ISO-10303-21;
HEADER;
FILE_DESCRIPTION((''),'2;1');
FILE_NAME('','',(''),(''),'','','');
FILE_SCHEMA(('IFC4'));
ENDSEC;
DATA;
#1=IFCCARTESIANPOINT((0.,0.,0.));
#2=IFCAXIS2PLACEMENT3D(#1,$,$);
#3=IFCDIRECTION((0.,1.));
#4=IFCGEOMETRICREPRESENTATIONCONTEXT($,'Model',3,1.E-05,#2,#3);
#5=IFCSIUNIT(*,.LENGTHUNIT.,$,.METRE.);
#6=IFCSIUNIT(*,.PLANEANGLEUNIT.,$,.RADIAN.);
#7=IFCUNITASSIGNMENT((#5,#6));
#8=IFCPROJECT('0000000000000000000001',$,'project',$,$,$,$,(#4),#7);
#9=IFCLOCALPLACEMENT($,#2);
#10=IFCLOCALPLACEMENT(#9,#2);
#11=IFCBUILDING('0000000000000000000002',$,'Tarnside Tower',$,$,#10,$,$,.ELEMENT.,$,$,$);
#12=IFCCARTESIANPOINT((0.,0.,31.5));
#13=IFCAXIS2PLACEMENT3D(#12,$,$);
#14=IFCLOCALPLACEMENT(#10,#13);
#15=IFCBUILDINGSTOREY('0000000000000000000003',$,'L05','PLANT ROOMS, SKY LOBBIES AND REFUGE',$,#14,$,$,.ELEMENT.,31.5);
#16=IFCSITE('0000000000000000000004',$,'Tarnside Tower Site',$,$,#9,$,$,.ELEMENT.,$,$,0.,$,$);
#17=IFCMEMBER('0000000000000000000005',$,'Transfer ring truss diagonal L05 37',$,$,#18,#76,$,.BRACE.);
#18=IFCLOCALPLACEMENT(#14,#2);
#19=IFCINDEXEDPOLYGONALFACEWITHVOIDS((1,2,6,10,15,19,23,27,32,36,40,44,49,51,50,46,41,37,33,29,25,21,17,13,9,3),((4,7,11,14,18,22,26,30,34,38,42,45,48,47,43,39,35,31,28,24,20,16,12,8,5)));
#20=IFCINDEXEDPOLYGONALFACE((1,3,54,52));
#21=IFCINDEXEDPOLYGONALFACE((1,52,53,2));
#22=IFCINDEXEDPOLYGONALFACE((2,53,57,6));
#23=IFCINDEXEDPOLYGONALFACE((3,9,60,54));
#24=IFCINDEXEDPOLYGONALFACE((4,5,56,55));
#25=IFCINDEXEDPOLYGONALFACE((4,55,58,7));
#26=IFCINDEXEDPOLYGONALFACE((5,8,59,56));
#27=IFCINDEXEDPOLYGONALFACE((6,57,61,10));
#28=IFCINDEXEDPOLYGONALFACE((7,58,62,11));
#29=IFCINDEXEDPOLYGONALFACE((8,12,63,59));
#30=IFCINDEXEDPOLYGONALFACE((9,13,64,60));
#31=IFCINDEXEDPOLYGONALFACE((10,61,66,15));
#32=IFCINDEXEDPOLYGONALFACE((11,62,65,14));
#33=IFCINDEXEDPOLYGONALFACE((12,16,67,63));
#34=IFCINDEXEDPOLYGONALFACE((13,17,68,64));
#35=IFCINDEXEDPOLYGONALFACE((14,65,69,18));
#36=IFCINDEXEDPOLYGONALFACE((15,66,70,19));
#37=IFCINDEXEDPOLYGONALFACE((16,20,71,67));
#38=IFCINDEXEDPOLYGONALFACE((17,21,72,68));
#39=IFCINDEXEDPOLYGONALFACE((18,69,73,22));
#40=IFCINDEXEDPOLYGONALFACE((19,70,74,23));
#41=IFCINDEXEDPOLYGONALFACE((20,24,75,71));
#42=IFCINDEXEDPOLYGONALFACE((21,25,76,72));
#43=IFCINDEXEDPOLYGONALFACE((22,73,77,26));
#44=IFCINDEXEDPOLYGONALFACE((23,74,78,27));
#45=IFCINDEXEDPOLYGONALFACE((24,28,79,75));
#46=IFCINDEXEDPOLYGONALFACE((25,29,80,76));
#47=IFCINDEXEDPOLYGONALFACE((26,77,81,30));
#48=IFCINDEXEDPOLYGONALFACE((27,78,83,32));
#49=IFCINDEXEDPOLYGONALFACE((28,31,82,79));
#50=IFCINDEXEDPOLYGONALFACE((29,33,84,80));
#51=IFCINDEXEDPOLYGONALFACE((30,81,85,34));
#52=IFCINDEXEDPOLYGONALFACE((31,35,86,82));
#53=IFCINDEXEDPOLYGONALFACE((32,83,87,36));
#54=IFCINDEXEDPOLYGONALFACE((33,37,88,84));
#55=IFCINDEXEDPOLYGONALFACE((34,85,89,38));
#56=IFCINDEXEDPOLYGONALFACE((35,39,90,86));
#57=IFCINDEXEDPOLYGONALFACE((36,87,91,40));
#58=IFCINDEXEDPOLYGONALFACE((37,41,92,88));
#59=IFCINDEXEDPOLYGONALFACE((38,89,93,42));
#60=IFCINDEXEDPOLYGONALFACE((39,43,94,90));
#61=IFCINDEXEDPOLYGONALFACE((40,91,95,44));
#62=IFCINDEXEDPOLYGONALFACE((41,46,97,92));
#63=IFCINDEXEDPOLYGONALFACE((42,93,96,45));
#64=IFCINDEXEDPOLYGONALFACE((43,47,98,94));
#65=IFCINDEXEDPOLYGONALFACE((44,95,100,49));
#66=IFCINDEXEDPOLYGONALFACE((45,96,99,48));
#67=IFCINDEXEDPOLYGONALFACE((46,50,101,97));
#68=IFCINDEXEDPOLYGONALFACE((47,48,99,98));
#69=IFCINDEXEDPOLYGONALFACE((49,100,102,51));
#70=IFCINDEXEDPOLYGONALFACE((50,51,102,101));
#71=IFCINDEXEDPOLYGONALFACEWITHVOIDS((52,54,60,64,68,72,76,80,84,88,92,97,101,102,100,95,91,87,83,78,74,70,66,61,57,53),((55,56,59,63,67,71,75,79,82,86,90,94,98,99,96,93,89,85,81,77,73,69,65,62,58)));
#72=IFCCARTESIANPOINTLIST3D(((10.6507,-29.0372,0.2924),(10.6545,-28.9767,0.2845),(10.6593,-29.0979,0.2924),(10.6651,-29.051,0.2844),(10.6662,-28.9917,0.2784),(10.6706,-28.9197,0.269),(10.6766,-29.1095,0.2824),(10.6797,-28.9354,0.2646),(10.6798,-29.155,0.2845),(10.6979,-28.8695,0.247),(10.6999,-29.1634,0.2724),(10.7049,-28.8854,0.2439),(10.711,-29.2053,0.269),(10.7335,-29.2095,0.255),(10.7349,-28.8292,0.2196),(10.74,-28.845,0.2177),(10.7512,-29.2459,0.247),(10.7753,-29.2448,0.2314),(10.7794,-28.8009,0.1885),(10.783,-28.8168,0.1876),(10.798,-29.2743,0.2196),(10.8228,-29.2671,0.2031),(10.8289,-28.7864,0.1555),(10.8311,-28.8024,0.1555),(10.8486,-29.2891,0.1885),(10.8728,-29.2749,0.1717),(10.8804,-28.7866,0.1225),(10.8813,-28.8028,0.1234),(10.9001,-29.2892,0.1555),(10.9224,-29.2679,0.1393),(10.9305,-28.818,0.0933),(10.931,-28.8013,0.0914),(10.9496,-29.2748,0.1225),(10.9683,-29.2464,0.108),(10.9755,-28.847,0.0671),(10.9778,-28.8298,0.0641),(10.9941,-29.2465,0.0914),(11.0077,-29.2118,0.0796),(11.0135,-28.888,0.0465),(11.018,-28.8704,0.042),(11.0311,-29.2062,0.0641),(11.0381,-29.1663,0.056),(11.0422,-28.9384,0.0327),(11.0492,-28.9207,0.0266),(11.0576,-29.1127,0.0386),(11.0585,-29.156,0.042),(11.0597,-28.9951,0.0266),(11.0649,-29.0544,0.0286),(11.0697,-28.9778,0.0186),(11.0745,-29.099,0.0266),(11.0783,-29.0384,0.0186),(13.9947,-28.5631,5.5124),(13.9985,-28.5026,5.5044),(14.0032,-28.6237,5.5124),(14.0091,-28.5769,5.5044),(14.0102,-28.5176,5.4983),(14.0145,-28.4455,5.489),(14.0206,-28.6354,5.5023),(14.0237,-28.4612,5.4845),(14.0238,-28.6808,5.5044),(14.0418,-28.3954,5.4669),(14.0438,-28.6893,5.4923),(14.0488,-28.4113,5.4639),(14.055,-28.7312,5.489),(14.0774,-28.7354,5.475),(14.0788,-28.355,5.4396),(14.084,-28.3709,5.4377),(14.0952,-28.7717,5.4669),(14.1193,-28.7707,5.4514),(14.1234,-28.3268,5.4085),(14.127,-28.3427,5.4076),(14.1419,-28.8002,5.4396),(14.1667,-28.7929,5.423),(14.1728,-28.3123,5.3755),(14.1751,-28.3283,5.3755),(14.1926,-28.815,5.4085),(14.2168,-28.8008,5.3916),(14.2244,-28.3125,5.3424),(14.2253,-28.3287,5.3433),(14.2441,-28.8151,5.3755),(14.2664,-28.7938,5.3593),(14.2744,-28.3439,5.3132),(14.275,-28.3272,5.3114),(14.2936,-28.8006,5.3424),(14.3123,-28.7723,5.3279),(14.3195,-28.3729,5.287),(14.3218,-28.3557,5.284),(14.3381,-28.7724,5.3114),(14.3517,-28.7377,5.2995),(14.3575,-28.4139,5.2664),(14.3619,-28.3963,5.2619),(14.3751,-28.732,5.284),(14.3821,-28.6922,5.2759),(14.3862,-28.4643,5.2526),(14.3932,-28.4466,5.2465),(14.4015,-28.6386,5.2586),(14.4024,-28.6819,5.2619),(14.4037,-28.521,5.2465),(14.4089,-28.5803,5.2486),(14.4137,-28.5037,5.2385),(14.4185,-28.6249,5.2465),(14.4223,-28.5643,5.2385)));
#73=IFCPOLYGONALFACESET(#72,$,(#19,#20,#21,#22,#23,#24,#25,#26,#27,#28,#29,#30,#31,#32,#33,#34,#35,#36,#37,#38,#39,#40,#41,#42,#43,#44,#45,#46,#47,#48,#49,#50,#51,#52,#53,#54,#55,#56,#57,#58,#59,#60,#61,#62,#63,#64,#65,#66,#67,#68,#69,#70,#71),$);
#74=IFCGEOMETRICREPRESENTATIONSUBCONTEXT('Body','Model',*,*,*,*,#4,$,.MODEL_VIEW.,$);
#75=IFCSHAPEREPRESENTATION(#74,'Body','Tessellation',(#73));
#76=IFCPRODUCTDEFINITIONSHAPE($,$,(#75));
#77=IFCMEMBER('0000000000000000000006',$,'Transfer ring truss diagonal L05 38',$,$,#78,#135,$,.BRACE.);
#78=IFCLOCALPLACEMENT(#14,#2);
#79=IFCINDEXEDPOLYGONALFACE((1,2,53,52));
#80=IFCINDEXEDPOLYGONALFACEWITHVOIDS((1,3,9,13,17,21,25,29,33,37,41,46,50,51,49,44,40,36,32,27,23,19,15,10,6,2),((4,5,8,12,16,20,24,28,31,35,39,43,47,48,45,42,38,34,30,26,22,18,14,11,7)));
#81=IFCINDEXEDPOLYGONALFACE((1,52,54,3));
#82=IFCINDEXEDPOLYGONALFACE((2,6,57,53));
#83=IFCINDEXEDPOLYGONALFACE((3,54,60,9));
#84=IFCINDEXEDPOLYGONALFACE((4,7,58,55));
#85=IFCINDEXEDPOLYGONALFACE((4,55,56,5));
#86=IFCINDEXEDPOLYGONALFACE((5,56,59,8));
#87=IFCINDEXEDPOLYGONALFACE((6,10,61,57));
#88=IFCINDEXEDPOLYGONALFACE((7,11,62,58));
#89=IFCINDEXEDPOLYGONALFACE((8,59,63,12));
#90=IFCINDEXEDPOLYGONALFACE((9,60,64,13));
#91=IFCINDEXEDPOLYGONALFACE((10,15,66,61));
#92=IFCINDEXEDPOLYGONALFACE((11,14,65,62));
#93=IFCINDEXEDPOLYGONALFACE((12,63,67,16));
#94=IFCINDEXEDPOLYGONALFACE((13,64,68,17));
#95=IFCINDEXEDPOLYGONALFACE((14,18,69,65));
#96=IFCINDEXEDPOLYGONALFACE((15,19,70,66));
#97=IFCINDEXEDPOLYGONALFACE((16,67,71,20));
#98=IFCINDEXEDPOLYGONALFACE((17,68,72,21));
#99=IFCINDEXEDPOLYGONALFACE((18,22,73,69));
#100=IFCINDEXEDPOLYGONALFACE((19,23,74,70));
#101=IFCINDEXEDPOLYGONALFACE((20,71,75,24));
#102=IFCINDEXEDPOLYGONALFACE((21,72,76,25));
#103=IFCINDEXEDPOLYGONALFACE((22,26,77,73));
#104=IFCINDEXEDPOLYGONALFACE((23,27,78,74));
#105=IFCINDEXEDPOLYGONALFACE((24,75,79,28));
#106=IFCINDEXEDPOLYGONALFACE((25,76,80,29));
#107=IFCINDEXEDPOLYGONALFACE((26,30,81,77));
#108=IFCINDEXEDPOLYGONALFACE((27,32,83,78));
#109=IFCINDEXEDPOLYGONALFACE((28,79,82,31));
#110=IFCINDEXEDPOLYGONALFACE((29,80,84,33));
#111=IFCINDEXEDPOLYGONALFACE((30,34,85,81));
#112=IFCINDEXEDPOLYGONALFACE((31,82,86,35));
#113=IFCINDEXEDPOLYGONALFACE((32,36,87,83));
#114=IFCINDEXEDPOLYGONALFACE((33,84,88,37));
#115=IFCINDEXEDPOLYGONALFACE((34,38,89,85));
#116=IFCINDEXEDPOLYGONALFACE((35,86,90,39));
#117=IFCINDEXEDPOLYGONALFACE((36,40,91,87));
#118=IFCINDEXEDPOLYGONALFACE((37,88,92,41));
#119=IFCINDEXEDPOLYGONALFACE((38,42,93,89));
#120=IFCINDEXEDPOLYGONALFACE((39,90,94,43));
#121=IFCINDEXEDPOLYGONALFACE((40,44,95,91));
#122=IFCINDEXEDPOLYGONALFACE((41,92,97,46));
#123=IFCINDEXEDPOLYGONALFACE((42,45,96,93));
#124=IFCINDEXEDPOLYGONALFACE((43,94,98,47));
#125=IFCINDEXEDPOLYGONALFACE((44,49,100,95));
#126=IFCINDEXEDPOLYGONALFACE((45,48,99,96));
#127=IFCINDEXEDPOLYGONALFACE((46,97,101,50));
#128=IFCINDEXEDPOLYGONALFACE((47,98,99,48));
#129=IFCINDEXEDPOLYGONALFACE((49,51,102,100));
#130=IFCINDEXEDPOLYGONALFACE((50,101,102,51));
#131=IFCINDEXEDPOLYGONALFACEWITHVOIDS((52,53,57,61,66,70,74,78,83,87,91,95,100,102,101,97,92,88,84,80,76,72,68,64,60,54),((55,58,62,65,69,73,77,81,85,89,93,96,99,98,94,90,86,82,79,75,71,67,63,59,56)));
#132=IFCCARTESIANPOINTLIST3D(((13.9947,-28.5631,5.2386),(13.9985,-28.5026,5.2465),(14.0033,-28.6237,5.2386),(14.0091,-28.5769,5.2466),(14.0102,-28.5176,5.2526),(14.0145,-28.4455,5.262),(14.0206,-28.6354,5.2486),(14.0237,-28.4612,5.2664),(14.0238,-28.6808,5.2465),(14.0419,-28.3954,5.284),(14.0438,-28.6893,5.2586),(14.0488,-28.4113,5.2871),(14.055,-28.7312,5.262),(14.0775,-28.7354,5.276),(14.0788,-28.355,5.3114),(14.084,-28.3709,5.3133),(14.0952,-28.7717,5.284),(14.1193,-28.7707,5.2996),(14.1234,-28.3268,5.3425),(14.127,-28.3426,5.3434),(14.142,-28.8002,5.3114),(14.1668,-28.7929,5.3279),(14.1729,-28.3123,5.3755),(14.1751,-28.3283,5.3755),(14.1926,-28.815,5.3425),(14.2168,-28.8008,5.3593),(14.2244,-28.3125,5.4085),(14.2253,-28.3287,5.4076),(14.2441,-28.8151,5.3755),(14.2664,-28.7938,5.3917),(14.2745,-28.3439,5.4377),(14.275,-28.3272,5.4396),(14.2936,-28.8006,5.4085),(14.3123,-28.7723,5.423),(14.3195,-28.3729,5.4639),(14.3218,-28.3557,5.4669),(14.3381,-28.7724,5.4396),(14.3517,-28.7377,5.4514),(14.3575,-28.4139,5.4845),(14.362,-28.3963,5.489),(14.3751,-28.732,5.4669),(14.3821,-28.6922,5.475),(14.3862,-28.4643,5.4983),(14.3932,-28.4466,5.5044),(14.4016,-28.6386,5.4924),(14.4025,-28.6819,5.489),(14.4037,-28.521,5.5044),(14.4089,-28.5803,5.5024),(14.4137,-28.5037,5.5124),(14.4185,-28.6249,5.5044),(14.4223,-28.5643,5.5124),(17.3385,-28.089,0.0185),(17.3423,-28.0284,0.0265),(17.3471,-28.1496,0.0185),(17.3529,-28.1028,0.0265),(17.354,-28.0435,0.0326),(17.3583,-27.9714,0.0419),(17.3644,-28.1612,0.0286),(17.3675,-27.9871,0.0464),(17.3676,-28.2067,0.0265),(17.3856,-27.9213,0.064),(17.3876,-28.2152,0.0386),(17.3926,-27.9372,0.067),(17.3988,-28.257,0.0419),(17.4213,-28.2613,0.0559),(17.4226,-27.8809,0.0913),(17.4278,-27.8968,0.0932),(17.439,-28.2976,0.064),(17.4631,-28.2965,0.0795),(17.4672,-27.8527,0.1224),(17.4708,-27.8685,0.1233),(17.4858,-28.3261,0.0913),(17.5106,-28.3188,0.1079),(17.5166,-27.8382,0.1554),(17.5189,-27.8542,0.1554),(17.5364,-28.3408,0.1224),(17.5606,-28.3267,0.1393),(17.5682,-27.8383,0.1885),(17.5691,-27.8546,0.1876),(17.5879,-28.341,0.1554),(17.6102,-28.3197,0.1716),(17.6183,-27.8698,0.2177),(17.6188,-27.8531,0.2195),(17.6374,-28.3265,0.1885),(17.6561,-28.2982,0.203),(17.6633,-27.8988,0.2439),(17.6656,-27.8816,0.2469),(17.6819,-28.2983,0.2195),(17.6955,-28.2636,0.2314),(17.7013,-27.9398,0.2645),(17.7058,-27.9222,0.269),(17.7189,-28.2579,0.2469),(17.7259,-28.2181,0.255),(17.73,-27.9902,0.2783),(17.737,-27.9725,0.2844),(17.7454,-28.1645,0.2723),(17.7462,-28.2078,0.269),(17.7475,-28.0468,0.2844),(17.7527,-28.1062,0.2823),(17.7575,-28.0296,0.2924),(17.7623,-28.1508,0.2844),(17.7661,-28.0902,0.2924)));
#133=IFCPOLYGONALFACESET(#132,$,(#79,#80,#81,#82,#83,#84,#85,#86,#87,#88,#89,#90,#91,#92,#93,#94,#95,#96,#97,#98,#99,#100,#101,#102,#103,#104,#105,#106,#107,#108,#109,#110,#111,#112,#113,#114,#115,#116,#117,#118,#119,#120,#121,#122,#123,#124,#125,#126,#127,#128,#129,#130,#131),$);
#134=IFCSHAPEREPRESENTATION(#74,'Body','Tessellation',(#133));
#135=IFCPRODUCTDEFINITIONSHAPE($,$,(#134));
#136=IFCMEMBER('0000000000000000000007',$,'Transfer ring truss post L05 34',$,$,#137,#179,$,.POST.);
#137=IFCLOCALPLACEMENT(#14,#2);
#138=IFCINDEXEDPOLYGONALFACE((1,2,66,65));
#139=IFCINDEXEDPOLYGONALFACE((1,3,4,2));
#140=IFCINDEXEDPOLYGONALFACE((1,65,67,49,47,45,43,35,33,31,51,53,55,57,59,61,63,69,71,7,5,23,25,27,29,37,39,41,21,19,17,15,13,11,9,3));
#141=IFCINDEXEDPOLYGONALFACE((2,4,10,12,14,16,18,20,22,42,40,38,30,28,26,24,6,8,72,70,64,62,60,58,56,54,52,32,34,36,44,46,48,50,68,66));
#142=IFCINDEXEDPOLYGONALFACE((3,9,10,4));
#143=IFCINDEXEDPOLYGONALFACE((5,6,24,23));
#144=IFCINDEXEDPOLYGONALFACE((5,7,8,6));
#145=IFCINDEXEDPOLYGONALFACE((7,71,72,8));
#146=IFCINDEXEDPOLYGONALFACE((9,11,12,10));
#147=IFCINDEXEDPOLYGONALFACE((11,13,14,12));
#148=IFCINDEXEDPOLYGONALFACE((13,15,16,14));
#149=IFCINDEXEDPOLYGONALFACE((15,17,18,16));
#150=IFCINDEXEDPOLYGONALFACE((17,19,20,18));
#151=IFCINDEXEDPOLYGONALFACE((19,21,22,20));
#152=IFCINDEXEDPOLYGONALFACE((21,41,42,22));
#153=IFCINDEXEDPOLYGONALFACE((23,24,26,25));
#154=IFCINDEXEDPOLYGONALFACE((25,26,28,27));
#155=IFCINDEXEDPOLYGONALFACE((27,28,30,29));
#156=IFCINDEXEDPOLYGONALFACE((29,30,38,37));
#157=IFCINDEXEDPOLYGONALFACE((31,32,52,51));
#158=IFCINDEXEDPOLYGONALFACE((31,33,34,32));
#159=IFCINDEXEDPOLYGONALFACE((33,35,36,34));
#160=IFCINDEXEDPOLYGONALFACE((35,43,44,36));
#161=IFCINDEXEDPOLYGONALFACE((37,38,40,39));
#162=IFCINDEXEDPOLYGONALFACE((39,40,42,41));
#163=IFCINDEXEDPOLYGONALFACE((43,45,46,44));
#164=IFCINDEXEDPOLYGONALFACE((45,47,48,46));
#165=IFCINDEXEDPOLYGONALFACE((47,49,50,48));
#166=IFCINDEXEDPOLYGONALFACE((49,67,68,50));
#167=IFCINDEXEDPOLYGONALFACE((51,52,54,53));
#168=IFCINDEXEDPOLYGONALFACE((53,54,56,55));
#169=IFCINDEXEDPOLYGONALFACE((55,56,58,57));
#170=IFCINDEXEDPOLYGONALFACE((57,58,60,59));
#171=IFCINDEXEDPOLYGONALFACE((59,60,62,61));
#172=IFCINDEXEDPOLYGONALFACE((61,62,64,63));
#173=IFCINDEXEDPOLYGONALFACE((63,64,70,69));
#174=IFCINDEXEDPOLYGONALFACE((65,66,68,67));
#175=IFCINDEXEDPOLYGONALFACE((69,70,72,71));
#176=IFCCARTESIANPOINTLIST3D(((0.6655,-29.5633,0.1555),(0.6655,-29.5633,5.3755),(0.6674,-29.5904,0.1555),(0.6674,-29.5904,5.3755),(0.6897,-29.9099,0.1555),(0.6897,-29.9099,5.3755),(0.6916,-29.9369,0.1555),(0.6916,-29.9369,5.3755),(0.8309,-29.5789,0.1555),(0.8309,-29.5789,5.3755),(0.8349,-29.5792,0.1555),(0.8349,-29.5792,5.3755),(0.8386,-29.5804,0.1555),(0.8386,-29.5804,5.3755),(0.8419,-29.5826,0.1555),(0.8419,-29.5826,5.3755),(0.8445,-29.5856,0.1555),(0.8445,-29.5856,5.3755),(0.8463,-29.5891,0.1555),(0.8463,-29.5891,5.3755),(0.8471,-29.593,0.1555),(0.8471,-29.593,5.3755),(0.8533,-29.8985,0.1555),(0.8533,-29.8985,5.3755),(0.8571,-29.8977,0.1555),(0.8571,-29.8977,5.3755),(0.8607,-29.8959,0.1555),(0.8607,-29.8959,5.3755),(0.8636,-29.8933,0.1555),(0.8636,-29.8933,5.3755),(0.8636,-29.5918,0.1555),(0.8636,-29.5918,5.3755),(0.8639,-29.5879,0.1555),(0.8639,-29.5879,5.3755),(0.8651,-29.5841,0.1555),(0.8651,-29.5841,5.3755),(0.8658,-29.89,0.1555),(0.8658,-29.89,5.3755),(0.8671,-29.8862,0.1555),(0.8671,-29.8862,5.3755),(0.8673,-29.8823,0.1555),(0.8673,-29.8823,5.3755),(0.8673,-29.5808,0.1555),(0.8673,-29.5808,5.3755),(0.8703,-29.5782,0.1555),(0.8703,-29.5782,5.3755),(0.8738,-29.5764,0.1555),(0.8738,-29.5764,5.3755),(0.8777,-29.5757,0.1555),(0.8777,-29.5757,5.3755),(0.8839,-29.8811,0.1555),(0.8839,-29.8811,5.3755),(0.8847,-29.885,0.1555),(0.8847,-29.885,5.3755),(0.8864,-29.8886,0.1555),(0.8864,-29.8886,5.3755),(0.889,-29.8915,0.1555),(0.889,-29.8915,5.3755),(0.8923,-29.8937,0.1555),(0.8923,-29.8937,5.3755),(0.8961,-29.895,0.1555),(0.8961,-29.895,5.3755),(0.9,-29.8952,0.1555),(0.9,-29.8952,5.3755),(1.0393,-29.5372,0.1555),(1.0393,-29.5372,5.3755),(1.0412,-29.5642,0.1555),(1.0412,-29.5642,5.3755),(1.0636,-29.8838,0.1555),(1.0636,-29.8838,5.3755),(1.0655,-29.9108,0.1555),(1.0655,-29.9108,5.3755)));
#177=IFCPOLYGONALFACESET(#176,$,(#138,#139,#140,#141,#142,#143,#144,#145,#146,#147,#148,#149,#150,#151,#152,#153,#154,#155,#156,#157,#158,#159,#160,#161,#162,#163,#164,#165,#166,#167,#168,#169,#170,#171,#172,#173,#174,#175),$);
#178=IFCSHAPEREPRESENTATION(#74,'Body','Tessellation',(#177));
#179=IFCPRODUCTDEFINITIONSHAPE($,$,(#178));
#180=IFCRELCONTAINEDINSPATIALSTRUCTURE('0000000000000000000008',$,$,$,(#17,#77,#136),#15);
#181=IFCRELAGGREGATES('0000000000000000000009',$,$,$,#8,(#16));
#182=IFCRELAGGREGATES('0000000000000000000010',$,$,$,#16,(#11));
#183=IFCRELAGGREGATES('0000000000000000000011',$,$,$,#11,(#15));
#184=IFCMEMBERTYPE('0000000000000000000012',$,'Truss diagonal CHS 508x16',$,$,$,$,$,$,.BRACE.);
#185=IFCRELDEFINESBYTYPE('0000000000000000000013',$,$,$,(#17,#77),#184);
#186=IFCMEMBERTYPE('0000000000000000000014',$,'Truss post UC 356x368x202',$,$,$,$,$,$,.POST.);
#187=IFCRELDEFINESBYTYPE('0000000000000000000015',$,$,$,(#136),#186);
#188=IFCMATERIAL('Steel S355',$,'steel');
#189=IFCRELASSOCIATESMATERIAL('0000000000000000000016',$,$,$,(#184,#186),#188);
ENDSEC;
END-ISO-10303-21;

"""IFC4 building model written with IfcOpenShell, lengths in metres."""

from ifc_helpers import new_model, si_unit, direction, frame, origin, origin_2d, place, context, subcontext, project, spatial, hollow_circle, i_section, extrude, material, material_profile, profile_set, type_object, element, save


model = new_model("IFC4")

# Units and contexts
model_context = context("Model", 3, precision=1e-05, world=origin(), true_north=direction((0.0, 1.0)))
body_context = subcontext(model_context, "Body", "Model", "MODEL_VIEW")
ifc_project = project(units=[si_unit("LENGTHUNIT", "METRE"), si_unit("PLANEANGLEUNIT", "RADIAN")], contexts=[model_context])

# Site, building, storey
site_placement = place(None, origin())
site = spatial("IfcSite", under=ifc_project, at=site_placement, Name="Tarnside Tower Site", CompositionType="ELEMENT", RefElevation=0.0)
building_placement = place(site_placement, origin())
building = spatial("IfcBuilding", under=site, at=building_placement, Name="Tarnside Tower", CompositionType="ELEMENT")
storey_placement = place(building_placement, frame((0.0, 0.0, 31.5)))
storey = spatial("IfcBuildingStorey", under=building, at=storey_placement, Name="L05", Description="PLANT ROOMS, SKY LOBBIES AND REFUGE", CompositionType="ELEMENT", Elevation=31.5)

# Shared definitions
ifc_material_1 = material(Name="Steel S355", Category="steel")

# Members
ifc_material_profile_1 = material_profile(ifc_material_1, hollow_circle(Radius=0.2539, WallThickness=0.0161, at=origin_2d()), Name="CHS 508x16")
ifc_profile_set_1 = profile_set([ifc_material_profile_1], Name="Steel S355")
member_type_1 = type_object("IfcMemberType", Name="Truss diagonal CHS 508x16", PredefinedType="BRACE", material=ifc_profile_set_1)
for number, where, z_axis, x_axis, name in (
    (1, (10.8645, -29.0378, 0.1555), (0.537851, 0.076258, 0.839584), (-0.140379, 0.990098, 0.0), "Transfer ring truss diagonal L05 37"),
    (2, (14.2085, -28.5637, 5.3755), (0.537823, 0.07626, -0.839602), (-0.140389, 0.990096, 0.0), "Transfer ring truss diagonal L05 38"),
):
    element("IfcMember", number, at=place(storey_placement, frame(where, z_axis=z_axis, x_axis=x_axis)), inside=storey, type_object=member_type_1, Name=name, PredefinedType="BRACE", context=body_context, shape_type="SweptSolid", body=[
        extrude(hollow_circle(Radius=0.2539, WallThickness=0.0161, at=origin_2d()), origin(), (0.0, 0.0, 1.0), 6.2173),
    ])
ifc_material_profile_2 = material_profile(ifc_material_1, i_section(OverallWidth=0.3748, OverallDepth=0.3745, WebThickness=0.0166, FlangeThickness=0.0271, FilletRadius=0.0151, at=origin_2d()), Name="UC 356x368x202")
ifc_profile_set_2 = profile_set([ifc_material_profile_2], Name="Steel S355")
member_type_2 = type_object("IfcMemberType", Name="Truss post UC 356x368x202", PredefinedType="POST", material=ifc_profile_set_2)
for number, where, z_axis, x_axis, name in (
    (3, (0.8655, -29.7371, 0.1555), (0.0, 0.0, 1.0), (0.997564, 0.069756, 0.0), "Transfer ring truss post L05 34"),
):
    element("IfcMember", number, at=place(storey_placement, frame(where, z_axis=z_axis, x_axis=x_axis)), inside=storey, type_object=member_type_2, Name=name, PredefinedType="POST", context=body_context, shape_type="SweptSolid", body=[
        extrude(i_section(OverallWidth=0.3748, OverallDepth=0.3745, WebThickness=0.0166, FlangeThickness=0.0271, FilletRadius=0.0151, at=origin_2d()), origin(), (0.0, 0.0, 1.0), 5.22),
    ])

save(model, "model.ifc")
